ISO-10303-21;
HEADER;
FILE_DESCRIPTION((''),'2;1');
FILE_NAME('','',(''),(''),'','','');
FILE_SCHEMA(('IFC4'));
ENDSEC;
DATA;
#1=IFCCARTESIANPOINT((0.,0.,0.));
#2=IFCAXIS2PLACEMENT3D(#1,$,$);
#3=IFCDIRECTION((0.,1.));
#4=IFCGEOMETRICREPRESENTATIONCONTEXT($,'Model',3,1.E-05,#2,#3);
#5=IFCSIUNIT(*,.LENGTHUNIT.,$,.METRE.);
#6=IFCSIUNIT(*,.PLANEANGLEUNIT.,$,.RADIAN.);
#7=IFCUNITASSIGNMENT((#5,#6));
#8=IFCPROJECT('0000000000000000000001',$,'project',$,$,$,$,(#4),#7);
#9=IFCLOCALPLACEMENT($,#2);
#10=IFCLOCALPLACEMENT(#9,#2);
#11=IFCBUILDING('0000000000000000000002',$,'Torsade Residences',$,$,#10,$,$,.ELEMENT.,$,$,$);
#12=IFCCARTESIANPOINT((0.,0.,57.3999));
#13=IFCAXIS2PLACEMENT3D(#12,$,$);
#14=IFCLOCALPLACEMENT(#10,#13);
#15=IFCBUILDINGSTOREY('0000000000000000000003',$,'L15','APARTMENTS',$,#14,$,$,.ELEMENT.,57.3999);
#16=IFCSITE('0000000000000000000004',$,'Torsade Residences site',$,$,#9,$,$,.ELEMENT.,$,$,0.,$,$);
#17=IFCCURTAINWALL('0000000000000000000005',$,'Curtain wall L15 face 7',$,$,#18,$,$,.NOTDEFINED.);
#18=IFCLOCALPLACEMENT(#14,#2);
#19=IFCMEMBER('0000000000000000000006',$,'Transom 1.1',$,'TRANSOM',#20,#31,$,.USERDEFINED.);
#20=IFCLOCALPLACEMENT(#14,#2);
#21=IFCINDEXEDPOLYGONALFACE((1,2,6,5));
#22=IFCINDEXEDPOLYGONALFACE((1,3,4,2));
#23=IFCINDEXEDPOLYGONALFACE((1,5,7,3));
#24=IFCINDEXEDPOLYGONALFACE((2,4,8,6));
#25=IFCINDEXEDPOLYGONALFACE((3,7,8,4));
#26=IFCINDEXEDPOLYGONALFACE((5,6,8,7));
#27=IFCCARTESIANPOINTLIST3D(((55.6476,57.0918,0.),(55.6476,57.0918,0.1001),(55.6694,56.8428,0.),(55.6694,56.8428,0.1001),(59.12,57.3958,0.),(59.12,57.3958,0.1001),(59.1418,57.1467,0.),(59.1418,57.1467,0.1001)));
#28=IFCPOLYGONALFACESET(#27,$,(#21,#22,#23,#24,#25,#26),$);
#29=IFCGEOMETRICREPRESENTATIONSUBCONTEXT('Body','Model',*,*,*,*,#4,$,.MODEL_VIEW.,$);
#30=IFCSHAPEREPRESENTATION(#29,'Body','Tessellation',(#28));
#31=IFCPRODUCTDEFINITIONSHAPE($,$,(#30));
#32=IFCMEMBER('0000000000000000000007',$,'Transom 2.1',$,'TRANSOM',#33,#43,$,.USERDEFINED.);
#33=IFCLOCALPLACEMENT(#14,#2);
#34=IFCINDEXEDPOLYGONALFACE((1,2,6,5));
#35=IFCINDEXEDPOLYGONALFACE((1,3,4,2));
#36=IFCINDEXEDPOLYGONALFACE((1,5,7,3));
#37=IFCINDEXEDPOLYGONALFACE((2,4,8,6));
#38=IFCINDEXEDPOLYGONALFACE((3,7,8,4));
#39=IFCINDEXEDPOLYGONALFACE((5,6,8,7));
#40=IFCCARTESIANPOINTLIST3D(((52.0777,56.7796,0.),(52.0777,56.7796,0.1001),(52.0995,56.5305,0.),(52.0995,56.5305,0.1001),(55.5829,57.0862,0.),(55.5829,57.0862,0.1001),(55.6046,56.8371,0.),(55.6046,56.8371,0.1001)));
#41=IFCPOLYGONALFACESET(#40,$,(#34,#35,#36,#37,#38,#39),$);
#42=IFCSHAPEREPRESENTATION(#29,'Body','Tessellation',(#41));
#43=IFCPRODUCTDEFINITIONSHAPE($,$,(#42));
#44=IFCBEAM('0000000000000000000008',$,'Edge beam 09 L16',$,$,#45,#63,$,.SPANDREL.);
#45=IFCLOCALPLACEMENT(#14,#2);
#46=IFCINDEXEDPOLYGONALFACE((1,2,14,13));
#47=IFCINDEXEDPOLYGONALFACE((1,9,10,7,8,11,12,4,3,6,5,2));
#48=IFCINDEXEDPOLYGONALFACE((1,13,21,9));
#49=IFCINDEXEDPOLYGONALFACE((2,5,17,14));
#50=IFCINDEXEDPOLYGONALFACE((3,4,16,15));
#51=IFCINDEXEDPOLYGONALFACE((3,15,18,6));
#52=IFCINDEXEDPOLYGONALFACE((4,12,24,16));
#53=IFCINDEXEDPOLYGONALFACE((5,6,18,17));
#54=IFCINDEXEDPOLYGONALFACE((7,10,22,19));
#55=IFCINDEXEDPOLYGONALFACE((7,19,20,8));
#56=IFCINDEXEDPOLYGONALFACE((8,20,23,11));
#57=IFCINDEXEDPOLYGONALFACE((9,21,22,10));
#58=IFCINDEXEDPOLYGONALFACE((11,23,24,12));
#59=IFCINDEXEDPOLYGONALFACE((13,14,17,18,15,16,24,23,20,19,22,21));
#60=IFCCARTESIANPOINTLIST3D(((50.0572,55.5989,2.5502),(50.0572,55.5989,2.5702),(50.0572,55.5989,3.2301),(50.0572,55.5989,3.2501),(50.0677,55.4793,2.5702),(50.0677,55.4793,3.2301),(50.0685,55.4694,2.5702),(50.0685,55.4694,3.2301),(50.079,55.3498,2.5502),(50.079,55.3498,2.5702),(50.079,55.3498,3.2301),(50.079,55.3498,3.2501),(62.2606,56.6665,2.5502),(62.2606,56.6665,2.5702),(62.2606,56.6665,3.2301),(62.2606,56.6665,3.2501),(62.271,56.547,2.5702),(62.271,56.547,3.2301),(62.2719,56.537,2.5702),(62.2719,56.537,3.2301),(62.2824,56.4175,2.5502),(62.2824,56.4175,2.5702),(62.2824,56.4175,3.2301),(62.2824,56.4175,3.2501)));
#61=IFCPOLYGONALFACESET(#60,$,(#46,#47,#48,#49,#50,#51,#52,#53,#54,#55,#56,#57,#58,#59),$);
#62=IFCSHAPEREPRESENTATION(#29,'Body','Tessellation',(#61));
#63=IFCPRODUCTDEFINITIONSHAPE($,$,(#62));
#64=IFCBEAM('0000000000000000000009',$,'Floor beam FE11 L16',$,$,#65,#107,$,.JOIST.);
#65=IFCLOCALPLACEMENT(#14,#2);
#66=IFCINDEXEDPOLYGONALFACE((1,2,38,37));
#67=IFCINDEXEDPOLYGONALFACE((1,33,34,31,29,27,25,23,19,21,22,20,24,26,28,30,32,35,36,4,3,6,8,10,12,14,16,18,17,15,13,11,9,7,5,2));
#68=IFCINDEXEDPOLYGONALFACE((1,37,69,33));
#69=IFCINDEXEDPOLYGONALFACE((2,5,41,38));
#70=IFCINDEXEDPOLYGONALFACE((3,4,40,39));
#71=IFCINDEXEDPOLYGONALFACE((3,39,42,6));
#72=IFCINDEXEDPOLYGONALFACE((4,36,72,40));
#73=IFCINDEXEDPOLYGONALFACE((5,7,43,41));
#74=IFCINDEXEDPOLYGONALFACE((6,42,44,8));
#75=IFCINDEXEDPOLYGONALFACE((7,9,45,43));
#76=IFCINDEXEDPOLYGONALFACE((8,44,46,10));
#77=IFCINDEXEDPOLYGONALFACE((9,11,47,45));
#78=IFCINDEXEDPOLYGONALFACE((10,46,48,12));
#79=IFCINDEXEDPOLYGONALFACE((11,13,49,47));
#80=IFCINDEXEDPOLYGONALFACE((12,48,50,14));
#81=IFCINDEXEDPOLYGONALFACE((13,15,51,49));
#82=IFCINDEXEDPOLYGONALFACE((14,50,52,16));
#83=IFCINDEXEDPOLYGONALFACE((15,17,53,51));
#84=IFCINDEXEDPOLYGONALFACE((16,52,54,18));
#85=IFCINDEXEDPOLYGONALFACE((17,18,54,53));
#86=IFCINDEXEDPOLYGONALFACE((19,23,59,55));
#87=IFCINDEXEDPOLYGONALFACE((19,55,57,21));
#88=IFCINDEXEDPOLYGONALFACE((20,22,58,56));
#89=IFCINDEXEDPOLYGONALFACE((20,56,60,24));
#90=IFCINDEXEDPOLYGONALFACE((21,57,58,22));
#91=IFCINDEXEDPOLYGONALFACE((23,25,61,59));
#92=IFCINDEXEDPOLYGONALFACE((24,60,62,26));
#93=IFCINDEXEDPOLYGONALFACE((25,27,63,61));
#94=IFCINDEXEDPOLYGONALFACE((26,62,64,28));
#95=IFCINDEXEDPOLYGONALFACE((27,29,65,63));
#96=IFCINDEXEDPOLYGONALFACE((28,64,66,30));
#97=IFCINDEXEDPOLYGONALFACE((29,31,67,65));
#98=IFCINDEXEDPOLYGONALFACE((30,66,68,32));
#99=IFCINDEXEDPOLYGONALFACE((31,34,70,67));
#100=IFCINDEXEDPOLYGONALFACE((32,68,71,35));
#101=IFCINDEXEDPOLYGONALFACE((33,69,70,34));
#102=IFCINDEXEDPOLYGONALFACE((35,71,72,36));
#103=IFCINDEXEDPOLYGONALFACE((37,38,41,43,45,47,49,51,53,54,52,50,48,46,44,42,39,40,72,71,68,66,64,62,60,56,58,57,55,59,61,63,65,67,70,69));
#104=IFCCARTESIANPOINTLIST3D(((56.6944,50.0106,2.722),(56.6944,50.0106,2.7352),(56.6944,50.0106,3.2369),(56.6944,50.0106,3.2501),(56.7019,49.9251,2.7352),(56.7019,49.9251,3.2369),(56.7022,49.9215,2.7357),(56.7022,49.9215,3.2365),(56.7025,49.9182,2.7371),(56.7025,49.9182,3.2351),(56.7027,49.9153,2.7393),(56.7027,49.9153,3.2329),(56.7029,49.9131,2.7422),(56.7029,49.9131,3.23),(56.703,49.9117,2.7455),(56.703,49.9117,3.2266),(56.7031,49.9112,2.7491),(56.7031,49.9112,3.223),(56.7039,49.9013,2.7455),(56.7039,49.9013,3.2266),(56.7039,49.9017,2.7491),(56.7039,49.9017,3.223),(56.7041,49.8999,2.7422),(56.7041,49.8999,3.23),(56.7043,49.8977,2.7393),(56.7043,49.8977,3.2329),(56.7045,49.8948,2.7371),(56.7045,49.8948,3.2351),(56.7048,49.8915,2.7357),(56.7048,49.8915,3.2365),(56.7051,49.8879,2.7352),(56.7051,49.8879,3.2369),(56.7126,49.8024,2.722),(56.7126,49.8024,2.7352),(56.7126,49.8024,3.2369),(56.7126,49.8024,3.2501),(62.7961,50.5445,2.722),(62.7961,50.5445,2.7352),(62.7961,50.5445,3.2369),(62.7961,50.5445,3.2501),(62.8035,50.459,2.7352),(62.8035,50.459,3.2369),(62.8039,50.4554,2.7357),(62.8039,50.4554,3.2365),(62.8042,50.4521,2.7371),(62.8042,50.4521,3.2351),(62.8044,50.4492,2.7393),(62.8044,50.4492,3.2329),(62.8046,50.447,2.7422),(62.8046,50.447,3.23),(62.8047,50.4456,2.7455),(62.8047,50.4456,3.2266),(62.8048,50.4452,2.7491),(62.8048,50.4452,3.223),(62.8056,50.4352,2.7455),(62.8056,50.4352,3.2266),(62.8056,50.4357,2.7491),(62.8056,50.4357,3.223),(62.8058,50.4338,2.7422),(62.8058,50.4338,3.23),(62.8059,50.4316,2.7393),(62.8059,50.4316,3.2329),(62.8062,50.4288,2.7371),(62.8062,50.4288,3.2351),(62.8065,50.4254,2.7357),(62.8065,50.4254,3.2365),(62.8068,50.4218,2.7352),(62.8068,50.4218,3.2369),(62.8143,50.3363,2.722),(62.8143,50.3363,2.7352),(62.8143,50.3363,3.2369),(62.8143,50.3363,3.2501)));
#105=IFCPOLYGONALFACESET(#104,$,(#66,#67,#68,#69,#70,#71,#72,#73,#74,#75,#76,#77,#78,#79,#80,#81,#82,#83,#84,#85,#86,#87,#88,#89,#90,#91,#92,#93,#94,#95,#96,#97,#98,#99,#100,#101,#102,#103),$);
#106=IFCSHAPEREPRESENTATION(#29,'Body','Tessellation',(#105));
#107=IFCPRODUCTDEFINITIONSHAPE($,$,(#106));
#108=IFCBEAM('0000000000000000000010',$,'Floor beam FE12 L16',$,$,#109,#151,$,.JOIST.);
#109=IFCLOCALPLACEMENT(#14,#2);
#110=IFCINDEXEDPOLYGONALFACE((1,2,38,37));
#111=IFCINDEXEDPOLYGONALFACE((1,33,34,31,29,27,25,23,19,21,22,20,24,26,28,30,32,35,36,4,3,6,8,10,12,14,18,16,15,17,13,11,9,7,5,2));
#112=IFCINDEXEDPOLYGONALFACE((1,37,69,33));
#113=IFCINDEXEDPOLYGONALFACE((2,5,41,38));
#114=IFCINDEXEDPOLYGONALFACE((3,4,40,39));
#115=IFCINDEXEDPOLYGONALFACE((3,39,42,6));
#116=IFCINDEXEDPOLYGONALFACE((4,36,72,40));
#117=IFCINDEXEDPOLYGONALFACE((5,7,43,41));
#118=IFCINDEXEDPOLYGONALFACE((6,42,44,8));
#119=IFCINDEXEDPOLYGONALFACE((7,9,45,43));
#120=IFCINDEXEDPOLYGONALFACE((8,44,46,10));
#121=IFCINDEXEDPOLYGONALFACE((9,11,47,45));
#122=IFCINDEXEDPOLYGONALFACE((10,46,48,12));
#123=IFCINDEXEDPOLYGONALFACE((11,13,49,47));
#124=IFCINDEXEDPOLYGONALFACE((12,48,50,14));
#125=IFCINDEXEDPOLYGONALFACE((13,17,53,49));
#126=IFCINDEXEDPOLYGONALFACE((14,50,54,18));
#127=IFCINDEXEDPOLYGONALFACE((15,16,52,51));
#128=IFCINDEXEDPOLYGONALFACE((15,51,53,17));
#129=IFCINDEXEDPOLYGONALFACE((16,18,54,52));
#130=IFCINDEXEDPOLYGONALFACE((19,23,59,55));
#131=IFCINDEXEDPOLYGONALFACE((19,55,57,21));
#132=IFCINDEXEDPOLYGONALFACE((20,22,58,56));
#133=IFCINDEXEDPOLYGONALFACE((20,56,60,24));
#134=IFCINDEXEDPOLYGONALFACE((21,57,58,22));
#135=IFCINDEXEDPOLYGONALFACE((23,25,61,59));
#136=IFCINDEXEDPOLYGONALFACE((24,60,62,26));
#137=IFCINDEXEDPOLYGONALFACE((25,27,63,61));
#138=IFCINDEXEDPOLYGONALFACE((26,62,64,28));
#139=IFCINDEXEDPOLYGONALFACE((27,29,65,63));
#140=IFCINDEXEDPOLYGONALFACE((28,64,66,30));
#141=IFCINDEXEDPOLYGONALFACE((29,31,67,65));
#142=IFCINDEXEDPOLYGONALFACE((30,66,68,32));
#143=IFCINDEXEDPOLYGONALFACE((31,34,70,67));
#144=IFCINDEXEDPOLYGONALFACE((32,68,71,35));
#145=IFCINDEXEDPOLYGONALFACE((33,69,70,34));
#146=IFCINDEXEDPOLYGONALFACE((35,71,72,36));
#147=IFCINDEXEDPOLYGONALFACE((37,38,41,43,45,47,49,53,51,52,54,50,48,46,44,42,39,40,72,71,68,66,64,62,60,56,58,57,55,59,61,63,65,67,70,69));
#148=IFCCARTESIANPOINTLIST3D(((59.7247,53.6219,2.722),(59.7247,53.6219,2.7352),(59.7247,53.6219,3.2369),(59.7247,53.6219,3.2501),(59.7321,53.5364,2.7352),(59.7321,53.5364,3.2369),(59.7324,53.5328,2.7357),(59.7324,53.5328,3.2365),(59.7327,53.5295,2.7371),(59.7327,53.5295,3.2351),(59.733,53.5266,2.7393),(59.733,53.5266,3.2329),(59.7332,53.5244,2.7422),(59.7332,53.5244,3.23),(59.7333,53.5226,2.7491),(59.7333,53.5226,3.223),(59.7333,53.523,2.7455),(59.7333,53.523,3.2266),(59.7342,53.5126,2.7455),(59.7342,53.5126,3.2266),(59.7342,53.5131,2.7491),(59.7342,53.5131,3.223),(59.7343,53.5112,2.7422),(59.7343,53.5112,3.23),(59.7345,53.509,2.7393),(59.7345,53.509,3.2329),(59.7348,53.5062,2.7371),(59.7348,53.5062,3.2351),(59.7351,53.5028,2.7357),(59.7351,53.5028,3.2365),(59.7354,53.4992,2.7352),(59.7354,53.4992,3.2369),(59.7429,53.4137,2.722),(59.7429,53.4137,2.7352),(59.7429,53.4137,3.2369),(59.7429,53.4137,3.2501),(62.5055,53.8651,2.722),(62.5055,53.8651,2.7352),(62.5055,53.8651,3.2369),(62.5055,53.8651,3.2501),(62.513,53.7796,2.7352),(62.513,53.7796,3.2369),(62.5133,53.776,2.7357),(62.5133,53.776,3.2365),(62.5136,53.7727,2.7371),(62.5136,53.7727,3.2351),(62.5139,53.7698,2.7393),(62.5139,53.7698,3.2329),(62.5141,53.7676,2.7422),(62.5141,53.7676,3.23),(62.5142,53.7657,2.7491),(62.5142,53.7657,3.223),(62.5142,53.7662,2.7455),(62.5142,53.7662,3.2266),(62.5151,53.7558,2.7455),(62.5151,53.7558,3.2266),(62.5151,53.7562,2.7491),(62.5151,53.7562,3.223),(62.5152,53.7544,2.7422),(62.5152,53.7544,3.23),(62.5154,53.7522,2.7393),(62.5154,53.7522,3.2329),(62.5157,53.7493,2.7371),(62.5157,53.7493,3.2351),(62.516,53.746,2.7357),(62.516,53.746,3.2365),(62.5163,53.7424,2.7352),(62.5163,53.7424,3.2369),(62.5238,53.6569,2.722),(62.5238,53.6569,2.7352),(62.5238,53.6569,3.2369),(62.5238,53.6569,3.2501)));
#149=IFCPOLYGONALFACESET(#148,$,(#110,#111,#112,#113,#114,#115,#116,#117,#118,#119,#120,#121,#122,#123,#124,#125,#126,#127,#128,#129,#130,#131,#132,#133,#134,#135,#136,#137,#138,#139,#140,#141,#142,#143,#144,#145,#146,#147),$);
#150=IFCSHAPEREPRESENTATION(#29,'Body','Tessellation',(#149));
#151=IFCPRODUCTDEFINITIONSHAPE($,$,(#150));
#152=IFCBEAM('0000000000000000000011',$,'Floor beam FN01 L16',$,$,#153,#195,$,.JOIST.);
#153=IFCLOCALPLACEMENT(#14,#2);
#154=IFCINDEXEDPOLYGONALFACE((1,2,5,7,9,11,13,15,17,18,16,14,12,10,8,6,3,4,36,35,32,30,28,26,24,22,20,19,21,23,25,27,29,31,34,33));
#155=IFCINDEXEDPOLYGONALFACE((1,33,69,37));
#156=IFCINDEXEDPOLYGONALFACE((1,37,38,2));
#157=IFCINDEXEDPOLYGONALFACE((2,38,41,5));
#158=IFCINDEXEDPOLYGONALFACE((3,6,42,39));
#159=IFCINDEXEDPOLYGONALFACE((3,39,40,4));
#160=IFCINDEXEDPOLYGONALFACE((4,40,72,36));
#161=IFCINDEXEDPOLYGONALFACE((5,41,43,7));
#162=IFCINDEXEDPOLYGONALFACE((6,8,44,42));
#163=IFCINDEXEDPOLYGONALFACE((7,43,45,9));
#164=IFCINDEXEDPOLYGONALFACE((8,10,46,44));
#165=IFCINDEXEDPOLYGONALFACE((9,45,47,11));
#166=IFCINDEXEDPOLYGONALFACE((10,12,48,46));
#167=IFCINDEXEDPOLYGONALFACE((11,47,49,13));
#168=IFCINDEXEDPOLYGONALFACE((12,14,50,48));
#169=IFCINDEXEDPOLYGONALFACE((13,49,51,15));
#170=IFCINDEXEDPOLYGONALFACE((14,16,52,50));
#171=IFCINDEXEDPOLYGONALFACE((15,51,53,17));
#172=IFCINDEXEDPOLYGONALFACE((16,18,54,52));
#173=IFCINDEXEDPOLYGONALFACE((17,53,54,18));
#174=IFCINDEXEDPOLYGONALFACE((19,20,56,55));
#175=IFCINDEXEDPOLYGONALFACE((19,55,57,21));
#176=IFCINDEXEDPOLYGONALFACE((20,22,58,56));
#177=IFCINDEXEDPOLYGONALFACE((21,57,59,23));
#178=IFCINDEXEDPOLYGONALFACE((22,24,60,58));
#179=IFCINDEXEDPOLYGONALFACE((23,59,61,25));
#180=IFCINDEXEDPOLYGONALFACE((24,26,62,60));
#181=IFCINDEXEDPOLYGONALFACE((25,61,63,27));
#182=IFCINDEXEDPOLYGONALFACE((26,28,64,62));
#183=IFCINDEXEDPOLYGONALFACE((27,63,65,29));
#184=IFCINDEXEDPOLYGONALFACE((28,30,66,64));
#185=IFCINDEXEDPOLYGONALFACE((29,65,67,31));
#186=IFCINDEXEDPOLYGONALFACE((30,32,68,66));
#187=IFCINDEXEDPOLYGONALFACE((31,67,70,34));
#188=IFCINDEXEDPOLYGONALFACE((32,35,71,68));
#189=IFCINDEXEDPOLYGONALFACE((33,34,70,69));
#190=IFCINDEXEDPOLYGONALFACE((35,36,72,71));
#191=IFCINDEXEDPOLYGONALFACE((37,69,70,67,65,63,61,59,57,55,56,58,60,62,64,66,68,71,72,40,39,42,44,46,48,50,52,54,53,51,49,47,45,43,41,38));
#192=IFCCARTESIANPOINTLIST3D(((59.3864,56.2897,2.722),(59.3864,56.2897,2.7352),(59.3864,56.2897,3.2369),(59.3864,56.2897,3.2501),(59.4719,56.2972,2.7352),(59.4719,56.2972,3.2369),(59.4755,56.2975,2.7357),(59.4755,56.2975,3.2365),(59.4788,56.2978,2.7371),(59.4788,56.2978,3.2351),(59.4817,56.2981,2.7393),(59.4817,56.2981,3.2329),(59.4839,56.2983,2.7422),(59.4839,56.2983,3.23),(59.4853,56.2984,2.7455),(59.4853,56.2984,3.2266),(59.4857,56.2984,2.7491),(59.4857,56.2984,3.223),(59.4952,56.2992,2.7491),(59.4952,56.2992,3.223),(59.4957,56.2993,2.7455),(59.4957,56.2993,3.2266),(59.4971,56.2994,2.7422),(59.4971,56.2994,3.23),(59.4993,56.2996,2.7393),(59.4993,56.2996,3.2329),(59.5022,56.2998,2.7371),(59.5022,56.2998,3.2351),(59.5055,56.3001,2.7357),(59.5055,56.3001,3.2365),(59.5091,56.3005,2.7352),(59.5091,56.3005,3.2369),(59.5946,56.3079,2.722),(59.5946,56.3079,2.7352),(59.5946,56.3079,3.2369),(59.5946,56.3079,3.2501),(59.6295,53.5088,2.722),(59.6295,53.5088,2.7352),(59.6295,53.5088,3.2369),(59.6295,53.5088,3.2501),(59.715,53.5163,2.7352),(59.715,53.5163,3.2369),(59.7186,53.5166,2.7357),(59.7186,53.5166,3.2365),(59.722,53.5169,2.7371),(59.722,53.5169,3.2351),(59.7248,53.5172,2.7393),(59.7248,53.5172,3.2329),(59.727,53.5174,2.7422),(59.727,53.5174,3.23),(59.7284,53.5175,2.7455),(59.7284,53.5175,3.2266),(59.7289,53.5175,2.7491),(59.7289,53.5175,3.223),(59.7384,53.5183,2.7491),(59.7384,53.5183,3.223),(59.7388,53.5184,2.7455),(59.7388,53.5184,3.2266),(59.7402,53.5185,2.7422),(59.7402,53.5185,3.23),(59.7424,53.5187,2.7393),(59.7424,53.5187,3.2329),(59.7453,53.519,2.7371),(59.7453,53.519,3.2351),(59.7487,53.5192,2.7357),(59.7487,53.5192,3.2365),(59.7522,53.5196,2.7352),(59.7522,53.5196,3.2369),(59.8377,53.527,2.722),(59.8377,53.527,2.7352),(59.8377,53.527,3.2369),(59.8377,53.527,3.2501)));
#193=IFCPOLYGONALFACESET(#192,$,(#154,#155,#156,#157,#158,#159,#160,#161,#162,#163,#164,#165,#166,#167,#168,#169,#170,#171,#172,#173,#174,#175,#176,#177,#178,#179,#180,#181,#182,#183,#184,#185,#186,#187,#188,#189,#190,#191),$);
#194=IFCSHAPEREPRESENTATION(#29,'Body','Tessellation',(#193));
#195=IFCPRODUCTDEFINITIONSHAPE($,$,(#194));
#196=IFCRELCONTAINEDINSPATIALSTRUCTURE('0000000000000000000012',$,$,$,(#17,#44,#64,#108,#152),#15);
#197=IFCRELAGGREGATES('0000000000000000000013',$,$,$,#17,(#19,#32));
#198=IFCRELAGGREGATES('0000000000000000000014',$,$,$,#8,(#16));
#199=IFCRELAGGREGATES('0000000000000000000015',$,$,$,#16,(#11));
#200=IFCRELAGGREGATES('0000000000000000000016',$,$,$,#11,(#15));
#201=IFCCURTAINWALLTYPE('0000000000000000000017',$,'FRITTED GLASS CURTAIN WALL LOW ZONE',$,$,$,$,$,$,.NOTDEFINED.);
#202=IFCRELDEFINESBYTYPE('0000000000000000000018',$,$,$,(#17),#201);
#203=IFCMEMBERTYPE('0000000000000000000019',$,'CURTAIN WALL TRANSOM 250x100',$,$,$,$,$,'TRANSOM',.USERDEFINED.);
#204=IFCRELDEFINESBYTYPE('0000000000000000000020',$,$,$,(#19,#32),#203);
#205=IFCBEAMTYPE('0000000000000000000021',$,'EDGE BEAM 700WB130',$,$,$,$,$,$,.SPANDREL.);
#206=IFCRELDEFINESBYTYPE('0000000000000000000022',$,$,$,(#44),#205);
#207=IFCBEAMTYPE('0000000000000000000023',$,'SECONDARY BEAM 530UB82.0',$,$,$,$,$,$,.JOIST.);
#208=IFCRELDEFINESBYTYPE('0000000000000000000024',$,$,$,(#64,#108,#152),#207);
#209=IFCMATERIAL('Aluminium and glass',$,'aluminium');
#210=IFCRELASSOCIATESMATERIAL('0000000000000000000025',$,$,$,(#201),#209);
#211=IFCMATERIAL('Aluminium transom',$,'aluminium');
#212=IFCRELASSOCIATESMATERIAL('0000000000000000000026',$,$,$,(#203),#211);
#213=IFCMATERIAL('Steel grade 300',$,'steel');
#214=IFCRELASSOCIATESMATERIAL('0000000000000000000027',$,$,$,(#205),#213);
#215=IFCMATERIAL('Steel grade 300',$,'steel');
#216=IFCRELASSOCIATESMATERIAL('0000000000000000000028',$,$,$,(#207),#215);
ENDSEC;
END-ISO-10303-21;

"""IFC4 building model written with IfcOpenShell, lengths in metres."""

from ifc_helpers import new_model, si_unit, direction, frame, origin, origin_2d, place, context, subcontext, project, spatial, rectangle, i_section, extrude, material, material_profile, profile_set, type_object, element, aggregate, save


model = new_model("IFC4")

# Units and contexts
model_context = context("Model", 3, precision=1e-05, world=origin(), true_north=direction((0.0, 1.0)))
body_context = subcontext(model_context, "Body", "Model", "MODEL_VIEW")
ifc_project = project(units=[si_unit("LENGTHUNIT", "METRE"), si_unit("PLANEANGLEUNIT", "RADIAN")], contexts=[model_context])

# Site, building, storey
site_placement = place(None, origin())
site = spatial("IfcSite", under=ifc_project, at=site_placement, Name="Torsade Residences site", CompositionType="ELEMENT", RefElevation=0.0)
building_placement = place(site_placement, origin())
building = spatial("IfcBuilding", under=site, at=building_placement, Name="Torsade Residences", CompositionType="ELEMENT")
storey_placement = place(building_placement, frame((0.0, 0.0, 57.3999)))
storey = spatial("IfcBuildingStorey", under=building, at=storey_placement, Name="L15", Description="APARTMENTS", CompositionType="ELEMENT", Elevation=57.3999)

# Curtain wall
ifc_material_1 = material(Name="Aluminium and glass", Category="aluminium")
curtain_wall_type = type_object("IfcCurtainWallType", Name="FRITTED GLASS CURTAIN WALL LOW ZONE", PredefinedType="NOTDEFINED", material=ifc_material_1)
curtain_wall_1_placement = place(storey_placement, origin())
curtain_wall_1 = element("IfcCurtainWall", 1, at=curtain_wall_1_placement, inside=storey, type_object=curtain_wall_type, Name="Curtain wall L15 face 7", PredefinedType="NOTDEFINED")

# Members
ifc_material_2 = material(Name="Aluminium transom", Category="aluminium")
ifc_material_profile_1 = material_profile(ifc_material_2, rectangle(XDim=0.25, YDim=0.1001, at=origin_2d()), Name="CURTAIN WALL TRANSOM 250x100")
ifc_profile_set_1 = profile_set([ifc_material_profile_1], Name="Aluminium transom")
member_type_1 = type_object("IfcMemberType", Name="CURTAIN WALL TRANSOM 250x100", ElementType="TRANSOM", PredefinedType="USERDEFINED", material=ifc_profile_set_1)
member_1_placement = place(storey_placement, frame((59.1309, 57.2712, 0.05), z_axis=(-0.996191, -0.087201, 0.0), x_axis=(0.087201, -0.996191, 0.0)))
member_1 = element("IfcMember", 2, at=member_1_placement, type_object=member_type_1, Name="Transom 1.1", ObjectType="TRANSOM", PredefinedType="USERDEFINED", context=body_context, shape_type="SweptSolid", body=[
    extrude(rectangle(XDim=0.25, YDim=0.1001, at=origin_2d()), origin(), (0.0, 0.0, 1.0), 3.4856),
])
member_2_placement = place(storey_placement, frame((55.5938, 56.9617, 0.05), z_axis=(-0.996195, -0.087151, 0.0), x_axis=(0.087151, -0.996195, 0.0)))
member_2 = element("IfcMember", 3, at=member_2_placement, type_object=member_type_1, Name="Transom 2.1", ObjectType="TRANSOM", PredefinedType="USERDEFINED", context=body_context, shape_type="SweptSolid", body=[
    extrude(rectangle(XDim=0.25, YDim=0.1001, at=origin_2d()), origin(), (0.0, 0.0, 1.0), 3.5186),
])

# Beams
ifc_material_3 = material(Name="Steel grade 300", Category="steel")
ifc_material_profile_2 = material_profile(ifc_material_3, i_section(OverallWidth=0.25, OverallDepth=0.7, WebThickness=0.01, FlangeThickness=0.02, at=origin_2d()), Name="700WB130")
ifc_profile_set_2 = profile_set([ifc_material_profile_2], Name="Steel grade 300")
beam_type_1 = type_object("IfcBeamType", Name="EDGE BEAM 700WB130", PredefinedType="SPANDREL", material=ifc_profile_set_2)
beam_1_placement = place(storey_placement, frame((62.2715, 56.542, 2.9001), z_axis=(-0.996195, -0.087153, 0.0), x_axis=(0.087153, -0.996195, 0.0)))
element("IfcBeam", 4, at=beam_1_placement, inside=storey, type_object=beam_type_1, Name="Edge beam 09 L16", PredefinedType="SPANDREL", context=body_context, shape_type="SweptSolid", body=[
    extrude(i_section(OverallWidth=0.25, OverallDepth=0.7, WebThickness=0.01, FlangeThickness=0.02, at=origin_2d()), origin(), (0.0, 0.0, 1.0), 12.25),
])
ifc_material_4 = material(Name="Steel grade 300", Category="steel")
ifc_material_profile_3 = material_profile(ifc_material_4, i_section(OverallWidth=0.209, OverallDepth=0.5281, WebThickness=0.0095, FlangeThickness=0.0132, FilletRadius=0.0139, at=origin_2d()), Name="530UB82.0")
ifc_profile_set_3 = profile_set([ifc_material_profile_3], Name="Steel grade 300")
beam_type_2 = type_object("IfcBeamType", Name="SECONDARY BEAM 530UB82.0", PredefinedType="JOIST", material=ifc_profile_set_3)
beam_2_placement = place(storey_placement, frame((62.8052, 50.4404, 2.9861), z_axis=(-0.996193, -0.087175, 0.0), x_axis=(0.087175, -0.996193, 0.0)))
element("IfcBeam", 5, at=beam_2_placement, inside=storey, type_object=beam_type_2, Name="Floor beam FE11 L16", PredefinedType="JOIST", context=body_context, shape_type="SweptSolid", body=[
    extrude(i_section(OverallWidth=0.209, OverallDepth=0.5281, WebThickness=0.0095, FlangeThickness=0.0132, FilletRadius=0.0139, at=origin_2d()), origin(), (0.0, 0.0, 1.0), 6.125),
])
for number, where, z_axis, x_axis, name in (
    (6, (62.5146, 53.761, 2.9861), (-0.996199, -0.087105, 0.0), (0.087105, -0.996199, 0.0), "Floor beam FE12 L16"),
    (7, (59.4905, 56.2988, 2.9861), (0.087105, -0.996199, 0.0), (0.996199, 0.087105, 0.0), "Floor beam FN01 L16"),
):
    element("IfcBeam", number, at=place(storey_placement, frame(where, z_axis=z_axis, x_axis=x_axis)), inside=storey, type_object=beam_type_2, Name=name, PredefinedType="JOIST", context=body_context, shape_type="SweptSolid", body=[
        extrude(i_section(OverallWidth=0.209, OverallDepth=0.5281, WebThickness=0.0095, FlangeThickness=0.0132, FilletRadius=0.0139, at=origin_2d()), origin(), (0.0, 0.0, 1.0), 2.7915),
    ])

aggregate(curtain_wall_1, [member_1, member_2])

save(model, "model.ifc")
